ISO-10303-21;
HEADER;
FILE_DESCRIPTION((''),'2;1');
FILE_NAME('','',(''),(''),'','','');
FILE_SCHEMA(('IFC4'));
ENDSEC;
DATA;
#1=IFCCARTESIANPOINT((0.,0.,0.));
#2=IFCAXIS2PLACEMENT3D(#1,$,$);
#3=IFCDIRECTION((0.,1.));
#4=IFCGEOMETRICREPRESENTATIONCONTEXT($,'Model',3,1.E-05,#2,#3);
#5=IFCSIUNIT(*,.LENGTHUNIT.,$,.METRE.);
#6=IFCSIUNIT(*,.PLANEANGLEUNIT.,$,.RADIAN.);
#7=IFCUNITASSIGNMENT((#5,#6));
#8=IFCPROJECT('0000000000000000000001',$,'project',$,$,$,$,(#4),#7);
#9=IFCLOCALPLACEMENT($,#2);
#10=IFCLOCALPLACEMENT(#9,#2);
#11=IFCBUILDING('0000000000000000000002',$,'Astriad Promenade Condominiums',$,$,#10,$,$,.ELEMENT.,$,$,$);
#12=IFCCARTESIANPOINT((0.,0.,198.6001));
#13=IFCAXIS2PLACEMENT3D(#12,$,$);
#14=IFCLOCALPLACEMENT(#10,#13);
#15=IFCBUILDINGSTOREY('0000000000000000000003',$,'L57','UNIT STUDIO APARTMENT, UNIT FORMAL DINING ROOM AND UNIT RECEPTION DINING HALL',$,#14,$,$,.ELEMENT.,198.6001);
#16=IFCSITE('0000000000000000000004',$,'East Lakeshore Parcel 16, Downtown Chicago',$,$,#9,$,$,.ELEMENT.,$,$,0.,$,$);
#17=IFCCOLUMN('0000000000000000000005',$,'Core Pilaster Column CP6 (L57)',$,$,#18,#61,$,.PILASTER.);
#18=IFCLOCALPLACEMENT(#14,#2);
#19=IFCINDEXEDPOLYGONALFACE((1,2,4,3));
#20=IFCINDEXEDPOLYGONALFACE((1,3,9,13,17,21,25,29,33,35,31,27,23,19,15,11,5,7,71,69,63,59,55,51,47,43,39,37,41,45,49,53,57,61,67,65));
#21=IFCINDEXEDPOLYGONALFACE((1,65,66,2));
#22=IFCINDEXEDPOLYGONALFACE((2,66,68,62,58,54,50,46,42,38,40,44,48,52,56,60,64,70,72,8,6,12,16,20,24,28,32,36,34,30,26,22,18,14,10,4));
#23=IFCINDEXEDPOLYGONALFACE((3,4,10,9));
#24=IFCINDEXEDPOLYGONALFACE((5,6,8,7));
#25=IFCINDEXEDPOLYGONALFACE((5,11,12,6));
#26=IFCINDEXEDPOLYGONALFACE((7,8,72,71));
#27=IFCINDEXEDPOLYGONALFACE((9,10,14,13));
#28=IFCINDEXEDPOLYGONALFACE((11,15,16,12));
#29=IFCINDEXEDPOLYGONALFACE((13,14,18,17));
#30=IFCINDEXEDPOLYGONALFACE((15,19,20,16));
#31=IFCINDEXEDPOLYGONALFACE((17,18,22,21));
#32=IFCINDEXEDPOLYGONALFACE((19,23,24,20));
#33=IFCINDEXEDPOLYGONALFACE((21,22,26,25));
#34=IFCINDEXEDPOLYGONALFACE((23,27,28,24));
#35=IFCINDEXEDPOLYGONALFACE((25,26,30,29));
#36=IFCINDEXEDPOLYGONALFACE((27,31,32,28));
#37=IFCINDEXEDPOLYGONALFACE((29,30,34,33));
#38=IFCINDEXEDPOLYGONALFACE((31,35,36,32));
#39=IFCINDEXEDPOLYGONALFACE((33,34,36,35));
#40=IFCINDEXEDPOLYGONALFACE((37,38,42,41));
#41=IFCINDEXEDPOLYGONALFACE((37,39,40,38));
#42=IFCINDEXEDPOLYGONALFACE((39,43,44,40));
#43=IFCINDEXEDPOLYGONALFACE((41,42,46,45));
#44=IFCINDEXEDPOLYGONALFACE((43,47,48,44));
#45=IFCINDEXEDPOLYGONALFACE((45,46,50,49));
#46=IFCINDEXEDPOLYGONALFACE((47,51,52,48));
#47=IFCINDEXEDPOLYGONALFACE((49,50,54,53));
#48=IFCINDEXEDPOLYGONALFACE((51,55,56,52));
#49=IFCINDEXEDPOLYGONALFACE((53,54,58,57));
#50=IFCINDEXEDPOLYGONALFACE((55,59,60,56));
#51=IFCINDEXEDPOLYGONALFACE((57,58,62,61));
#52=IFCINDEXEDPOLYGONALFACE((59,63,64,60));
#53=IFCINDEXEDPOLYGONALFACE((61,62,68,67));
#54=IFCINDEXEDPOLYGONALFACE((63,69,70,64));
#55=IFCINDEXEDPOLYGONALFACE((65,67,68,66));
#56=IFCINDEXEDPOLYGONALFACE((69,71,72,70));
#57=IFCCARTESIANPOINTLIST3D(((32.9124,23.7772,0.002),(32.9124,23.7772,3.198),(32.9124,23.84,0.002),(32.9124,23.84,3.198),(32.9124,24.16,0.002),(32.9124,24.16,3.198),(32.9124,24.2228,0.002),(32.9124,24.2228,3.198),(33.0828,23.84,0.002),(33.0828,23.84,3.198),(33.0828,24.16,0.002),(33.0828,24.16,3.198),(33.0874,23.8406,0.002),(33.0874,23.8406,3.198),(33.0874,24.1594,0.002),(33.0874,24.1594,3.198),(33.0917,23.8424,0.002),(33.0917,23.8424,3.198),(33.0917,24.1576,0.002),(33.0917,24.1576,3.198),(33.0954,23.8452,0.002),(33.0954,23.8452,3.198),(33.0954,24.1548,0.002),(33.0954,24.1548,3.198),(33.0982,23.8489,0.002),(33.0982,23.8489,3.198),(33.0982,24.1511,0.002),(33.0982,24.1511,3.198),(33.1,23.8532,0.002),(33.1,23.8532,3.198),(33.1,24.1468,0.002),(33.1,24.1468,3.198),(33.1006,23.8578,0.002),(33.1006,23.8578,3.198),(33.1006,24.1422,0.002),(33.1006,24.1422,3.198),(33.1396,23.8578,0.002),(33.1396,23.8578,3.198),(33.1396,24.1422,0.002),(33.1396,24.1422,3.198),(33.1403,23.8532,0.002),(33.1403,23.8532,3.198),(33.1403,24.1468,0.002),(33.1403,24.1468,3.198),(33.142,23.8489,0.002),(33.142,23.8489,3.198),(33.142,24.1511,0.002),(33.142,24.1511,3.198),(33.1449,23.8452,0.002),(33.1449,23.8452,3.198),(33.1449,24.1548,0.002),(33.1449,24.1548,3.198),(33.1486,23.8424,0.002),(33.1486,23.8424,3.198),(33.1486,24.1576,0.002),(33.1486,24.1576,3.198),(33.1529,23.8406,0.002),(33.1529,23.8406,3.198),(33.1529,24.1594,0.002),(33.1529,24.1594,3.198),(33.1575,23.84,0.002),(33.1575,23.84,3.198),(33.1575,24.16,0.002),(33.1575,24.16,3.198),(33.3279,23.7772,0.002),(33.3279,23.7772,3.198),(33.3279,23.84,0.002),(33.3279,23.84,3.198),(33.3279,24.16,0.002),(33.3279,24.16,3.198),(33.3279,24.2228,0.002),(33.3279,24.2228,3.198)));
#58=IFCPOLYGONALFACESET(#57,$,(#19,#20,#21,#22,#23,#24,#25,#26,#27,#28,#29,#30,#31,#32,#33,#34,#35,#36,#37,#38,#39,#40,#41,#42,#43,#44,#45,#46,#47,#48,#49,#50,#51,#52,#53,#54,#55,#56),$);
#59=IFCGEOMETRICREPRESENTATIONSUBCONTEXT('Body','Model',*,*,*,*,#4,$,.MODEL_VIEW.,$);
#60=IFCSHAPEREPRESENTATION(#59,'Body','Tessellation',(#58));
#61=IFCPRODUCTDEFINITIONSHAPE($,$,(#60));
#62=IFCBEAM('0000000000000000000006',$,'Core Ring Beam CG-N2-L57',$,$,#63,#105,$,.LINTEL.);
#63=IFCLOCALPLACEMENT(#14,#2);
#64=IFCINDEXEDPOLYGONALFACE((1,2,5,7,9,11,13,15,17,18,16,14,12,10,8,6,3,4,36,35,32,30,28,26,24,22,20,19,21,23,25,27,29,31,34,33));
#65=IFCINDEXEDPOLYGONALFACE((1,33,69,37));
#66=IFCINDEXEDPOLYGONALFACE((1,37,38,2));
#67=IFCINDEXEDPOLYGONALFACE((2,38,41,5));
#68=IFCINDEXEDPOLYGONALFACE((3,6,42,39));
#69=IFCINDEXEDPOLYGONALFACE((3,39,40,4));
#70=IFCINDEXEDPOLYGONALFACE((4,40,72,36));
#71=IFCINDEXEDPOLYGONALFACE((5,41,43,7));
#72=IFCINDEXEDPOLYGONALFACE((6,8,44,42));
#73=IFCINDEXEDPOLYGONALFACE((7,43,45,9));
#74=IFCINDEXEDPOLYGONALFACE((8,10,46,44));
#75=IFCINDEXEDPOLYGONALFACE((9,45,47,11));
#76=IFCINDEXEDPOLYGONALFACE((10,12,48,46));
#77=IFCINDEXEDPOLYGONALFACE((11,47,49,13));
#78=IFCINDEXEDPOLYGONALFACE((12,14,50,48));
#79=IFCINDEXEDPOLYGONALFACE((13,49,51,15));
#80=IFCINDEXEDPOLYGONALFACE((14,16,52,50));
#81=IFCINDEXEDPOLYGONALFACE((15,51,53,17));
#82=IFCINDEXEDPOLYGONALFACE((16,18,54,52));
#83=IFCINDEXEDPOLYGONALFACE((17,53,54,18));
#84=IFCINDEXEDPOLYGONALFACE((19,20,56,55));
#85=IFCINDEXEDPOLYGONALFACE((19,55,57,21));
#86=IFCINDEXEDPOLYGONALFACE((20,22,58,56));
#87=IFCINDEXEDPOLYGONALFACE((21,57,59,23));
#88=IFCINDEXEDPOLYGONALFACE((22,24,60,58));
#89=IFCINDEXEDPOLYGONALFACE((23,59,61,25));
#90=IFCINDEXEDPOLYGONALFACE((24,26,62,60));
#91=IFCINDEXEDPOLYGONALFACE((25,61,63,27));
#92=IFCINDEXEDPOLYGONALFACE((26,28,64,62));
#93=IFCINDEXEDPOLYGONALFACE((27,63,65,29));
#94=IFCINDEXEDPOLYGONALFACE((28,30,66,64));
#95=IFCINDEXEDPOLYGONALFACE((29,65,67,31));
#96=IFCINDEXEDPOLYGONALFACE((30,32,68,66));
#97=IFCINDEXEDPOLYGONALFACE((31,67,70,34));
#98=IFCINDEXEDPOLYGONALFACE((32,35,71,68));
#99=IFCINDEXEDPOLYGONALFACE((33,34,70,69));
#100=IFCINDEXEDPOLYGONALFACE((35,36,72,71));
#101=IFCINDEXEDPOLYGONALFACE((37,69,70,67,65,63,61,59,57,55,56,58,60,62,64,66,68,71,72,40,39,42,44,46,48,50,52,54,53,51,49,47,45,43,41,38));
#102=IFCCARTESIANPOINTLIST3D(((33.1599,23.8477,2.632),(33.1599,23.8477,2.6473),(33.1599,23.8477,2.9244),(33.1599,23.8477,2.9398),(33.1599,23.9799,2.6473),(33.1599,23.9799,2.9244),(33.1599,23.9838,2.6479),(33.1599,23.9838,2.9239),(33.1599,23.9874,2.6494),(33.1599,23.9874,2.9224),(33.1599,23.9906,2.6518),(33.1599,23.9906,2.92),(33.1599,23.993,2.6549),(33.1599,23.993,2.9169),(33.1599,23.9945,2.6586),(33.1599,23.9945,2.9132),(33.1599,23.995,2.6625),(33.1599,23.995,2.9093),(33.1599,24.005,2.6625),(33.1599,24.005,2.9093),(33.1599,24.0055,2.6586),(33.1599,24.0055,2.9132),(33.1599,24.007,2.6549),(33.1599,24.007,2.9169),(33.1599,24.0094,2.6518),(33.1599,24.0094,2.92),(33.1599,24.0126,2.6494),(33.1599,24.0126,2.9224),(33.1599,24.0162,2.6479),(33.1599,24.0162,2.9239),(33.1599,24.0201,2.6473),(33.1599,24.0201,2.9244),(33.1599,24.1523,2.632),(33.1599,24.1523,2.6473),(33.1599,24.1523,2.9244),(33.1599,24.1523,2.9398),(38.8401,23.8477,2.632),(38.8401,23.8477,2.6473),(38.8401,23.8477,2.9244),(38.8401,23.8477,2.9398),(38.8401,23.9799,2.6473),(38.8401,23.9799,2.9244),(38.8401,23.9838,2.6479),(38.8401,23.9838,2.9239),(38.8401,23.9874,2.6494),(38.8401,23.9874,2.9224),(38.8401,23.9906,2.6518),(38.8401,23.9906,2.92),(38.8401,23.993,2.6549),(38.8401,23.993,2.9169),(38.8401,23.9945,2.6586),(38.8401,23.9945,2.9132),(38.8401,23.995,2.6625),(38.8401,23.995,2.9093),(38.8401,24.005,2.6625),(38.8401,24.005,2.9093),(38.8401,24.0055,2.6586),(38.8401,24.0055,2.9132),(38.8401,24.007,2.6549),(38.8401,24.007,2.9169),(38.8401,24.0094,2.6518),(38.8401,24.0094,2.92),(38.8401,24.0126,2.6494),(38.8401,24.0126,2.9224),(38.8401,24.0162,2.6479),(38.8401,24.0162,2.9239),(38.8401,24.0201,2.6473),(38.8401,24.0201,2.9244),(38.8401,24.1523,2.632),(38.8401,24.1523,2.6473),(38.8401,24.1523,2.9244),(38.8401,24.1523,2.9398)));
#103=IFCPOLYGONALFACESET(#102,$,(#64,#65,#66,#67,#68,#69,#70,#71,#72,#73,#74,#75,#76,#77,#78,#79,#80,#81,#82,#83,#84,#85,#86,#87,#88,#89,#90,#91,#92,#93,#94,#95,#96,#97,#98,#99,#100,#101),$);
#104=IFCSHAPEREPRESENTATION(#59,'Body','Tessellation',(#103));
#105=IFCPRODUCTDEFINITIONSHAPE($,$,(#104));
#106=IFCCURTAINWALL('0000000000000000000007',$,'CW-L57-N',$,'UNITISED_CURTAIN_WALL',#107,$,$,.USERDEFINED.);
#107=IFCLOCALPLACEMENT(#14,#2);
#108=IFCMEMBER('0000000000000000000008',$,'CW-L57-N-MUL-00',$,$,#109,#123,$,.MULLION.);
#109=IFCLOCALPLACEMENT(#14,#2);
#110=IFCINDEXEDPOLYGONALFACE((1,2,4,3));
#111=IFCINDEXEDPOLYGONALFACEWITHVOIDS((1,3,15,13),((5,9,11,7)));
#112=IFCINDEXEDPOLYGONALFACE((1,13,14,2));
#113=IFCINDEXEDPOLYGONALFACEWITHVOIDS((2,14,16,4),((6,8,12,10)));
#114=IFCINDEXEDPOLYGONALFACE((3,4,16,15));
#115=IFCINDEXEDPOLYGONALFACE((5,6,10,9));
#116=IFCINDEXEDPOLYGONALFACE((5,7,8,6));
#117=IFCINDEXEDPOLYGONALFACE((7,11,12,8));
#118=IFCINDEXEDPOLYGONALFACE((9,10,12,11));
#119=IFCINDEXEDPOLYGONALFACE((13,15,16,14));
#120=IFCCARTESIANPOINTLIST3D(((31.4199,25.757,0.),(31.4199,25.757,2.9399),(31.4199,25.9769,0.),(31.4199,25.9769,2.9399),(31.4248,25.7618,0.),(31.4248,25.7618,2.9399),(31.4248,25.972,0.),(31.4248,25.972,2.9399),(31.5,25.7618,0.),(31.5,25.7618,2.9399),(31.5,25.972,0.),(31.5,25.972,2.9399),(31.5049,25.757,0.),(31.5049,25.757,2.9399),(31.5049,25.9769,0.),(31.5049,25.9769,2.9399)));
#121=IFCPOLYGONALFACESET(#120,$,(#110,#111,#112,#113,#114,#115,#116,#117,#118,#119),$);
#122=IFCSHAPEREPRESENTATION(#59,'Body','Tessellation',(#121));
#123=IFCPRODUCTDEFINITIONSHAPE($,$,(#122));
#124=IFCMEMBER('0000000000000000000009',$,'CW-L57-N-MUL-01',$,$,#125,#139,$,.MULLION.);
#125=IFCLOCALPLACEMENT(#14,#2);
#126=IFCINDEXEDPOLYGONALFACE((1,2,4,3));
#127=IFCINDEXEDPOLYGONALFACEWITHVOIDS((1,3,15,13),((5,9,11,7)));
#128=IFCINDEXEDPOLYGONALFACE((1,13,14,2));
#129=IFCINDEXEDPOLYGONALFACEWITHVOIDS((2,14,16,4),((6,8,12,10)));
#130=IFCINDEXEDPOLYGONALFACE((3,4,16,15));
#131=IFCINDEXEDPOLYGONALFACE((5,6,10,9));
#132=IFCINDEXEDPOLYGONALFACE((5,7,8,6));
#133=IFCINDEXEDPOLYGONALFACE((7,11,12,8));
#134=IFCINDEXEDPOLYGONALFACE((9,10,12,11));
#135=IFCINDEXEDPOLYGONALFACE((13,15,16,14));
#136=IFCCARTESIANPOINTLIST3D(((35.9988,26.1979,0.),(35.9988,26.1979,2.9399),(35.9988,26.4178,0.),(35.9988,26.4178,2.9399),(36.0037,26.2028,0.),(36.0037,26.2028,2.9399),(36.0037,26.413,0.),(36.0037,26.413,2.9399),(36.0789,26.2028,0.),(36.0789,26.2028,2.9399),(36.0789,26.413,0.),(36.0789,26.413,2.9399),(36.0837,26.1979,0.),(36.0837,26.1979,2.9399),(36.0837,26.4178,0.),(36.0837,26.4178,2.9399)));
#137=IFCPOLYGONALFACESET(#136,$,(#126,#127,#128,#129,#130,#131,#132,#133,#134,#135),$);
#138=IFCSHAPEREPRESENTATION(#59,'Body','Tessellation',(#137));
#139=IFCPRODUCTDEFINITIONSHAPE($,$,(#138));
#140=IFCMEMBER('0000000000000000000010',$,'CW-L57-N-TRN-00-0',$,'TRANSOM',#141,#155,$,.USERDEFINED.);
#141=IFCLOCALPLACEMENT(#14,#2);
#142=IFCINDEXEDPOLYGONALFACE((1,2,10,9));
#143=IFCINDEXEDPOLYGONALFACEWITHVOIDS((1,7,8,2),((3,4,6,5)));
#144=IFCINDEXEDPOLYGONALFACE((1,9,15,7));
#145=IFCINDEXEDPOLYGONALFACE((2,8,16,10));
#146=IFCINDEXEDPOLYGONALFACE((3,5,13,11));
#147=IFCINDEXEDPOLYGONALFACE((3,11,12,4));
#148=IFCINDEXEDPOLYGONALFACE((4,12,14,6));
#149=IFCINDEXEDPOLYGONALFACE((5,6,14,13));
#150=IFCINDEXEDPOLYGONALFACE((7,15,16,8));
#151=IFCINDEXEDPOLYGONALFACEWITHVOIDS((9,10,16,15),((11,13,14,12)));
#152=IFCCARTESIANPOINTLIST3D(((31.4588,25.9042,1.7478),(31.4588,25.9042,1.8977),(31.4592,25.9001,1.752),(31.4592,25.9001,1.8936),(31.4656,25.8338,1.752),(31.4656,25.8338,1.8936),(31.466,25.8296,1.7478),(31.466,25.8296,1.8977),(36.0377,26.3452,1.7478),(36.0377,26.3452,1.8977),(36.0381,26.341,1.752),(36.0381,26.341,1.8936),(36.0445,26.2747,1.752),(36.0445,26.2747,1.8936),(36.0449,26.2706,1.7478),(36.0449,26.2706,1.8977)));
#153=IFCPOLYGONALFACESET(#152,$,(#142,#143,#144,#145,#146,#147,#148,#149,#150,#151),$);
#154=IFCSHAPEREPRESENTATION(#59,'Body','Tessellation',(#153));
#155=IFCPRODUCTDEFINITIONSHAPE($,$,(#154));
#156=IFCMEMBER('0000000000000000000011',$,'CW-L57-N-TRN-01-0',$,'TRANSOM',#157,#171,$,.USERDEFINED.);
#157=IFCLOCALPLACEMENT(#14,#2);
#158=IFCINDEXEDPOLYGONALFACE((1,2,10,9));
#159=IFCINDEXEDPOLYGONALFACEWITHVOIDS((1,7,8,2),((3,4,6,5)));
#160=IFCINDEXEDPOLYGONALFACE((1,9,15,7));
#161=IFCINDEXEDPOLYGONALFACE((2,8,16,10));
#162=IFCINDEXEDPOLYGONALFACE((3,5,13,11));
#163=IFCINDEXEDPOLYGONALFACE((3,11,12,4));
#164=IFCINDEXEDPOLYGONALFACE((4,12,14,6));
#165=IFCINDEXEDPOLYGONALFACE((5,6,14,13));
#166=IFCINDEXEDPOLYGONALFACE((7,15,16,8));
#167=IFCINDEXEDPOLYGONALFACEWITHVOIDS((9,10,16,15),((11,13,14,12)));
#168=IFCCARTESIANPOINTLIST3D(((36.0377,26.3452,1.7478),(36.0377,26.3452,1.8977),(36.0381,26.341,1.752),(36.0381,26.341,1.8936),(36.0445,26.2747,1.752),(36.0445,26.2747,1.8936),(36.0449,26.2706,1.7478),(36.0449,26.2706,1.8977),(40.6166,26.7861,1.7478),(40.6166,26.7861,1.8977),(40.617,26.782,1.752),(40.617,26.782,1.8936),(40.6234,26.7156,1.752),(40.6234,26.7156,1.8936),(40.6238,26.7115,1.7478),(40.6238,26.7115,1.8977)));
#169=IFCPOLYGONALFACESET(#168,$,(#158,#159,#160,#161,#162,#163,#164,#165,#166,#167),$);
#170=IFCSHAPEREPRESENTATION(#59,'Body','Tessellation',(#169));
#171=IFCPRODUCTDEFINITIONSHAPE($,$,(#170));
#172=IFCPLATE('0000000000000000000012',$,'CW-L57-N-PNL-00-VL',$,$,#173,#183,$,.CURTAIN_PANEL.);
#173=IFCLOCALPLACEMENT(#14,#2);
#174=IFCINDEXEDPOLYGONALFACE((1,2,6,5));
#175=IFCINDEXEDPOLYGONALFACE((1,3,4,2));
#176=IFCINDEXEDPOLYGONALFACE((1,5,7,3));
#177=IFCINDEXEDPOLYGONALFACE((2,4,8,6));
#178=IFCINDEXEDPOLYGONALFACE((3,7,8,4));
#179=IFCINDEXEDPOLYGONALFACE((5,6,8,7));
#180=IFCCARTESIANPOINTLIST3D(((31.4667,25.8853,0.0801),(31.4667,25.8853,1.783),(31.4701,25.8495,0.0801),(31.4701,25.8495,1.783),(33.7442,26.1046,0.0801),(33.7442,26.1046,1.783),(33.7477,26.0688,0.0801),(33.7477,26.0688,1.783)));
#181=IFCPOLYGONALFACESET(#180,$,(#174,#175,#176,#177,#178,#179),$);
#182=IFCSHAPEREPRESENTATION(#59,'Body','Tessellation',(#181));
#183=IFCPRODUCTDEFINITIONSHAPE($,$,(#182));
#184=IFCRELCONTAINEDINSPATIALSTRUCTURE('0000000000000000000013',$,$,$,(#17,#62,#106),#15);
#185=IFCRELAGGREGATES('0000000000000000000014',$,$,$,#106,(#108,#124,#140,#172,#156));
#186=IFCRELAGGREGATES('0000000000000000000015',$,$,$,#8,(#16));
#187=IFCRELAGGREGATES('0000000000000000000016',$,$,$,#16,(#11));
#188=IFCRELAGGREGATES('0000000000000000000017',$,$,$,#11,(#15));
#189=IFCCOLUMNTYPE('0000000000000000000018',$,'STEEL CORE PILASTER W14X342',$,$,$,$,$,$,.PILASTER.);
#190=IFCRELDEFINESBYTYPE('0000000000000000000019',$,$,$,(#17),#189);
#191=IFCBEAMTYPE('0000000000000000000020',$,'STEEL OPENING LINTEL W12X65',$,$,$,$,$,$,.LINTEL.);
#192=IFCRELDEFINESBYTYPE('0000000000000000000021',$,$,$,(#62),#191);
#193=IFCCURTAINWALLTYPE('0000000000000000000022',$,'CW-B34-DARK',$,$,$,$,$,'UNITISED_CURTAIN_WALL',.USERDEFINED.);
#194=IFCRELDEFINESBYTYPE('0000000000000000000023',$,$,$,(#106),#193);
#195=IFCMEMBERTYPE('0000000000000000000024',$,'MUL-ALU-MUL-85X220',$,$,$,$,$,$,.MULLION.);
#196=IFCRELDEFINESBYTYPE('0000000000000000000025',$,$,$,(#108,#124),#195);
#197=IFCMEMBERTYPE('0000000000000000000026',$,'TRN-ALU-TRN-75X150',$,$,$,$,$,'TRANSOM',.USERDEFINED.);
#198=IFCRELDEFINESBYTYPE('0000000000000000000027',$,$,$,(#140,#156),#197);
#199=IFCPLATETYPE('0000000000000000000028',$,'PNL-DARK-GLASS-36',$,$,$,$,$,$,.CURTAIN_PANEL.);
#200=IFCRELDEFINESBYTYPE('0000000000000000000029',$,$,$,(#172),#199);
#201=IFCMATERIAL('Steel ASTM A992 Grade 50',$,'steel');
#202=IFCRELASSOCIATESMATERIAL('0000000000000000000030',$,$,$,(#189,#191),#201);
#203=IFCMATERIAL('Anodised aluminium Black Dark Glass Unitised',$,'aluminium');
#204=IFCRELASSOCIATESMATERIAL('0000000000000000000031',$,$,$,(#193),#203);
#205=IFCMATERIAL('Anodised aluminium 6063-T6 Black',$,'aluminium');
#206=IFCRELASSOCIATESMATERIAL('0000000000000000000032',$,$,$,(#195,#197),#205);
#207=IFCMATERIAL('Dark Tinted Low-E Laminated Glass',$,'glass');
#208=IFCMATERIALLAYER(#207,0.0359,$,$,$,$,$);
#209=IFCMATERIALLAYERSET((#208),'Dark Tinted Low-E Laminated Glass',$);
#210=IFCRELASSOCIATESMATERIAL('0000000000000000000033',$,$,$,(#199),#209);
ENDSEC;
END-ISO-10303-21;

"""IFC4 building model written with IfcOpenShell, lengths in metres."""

from ifc_helpers import new_model, si_unit, direction, frame, origin, origin_2d, place, context, subcontext, project, spatial, rectangle, hollow_rectangle, i_section, extrude, source, transform, mapped, material, layer, layer_set, material_profile, profile_set, type_object, type_shapes, element, aggregate, save


model = new_model("IFC4")

# Units and contexts
model_context = context("Model", 3, precision=1e-05, world=origin(), true_north=direction((0.0, 1.0)))
body_context = subcontext(model_context, "Body", "Model", "MODEL_VIEW")
ifc_project = project(units=[si_unit("LENGTHUNIT", "METRE"), si_unit("PLANEANGLEUNIT", "RADIAN")], contexts=[model_context])

# Site, building, storey
site_placement = place(None, origin())
site = spatial("IfcSite", under=ifc_project, at=site_placement, Name="East Lakeshore Parcel 16, Downtown Chicago", CompositionType="ELEMENT", RefElevation=0.0)
building_placement = place(site_placement, origin())
building = spatial("IfcBuilding", under=site, at=building_placement, Name="Astriad Promenade Condominiums", CompositionType="ELEMENT")
storey_placement = place(building_placement, frame((0.0, 0.0, 198.6001)))
storey = spatial("IfcBuildingStorey", under=building, at=storey_placement, Name="L57", Description="UNIT STUDIO APARTMENT, UNIT FORMAL DINING ROOM AND UNIT RECEPTION DINING HALL", CompositionType="ELEMENT", Elevation=198.6001)

# Column
ifc_material_1 = material(Name="Steel ASTM A992 Grade 50", Category="steel")
ifc_material_profile_1 = material_profile(ifc_material_1, i_section(OverallWidth=0.4155, OverallDepth=0.4456, WebThickness=0.0391, FlangeThickness=0.0627, FilletRadius=0.0178, at=origin_2d()), Name="W14X342")
ifc_profile_set_1 = profile_set([ifc_material_profile_1], Name="Steel ASTM A992 Grade 50")
column_type = type_object("IfcColumnType", Name="STEEL CORE PILASTER W14X342", PredefinedType="PILASTER", material=ifc_profile_set_1)
shared_shape_1 = source(origin(), body_context, "Body", "SweptSolid", [
    extrude(i_section(OverallWidth=0.4155, OverallDepth=0.4456, WebThickness=0.0391, FlangeThickness=0.0627, FilletRadius=0.0178, at=origin_2d()), origin(), (0.0, 0.0, 1.0), 3.196),
])
type_shapes(column_type, [shared_shape_1])
column_placement = place(storey_placement, frame((33.1201, 24.0, 0.002), z_axis=(0.0, 0.0, 1.0), x_axis=(1.0, 0.0, 0.0)))
element("IfcColumn", 1, at=column_placement, inside=storey, type_object=column_type, Name="Core Pilaster Column CP6 (L57)", PredefinedType="PILASTER", context=body_context, shape_type="MappedRepresentation", body=[
    mapped(shared_shape_1, transform((0.0, 0.0, 0.0), scale=1.0)),
])

# Beam
ifc_material_profile_2 = material_profile(ifc_material_1, i_section(OverallWidth=0.3047, OverallDepth=0.3079, WebThickness=0.01, FlangeThickness=0.0154, FilletRadius=0.0151, at=origin_2d()), Name="W12X65")
ifc_profile_set_2 = profile_set([ifc_material_profile_2], Name="Steel ASTM A992 Grade 50")
beam_type = type_object("IfcBeamType", Name="STEEL OPENING LINTEL W12X65", PredefinedType="LINTEL", material=ifc_profile_set_2)
shared_shape_2 = source(origin(), body_context, "Body", "SweptSolid", [
    extrude(i_section(OverallWidth=0.3047, OverallDepth=0.3079, WebThickness=0.01, FlangeThickness=0.0154, FilletRadius=0.0151, at=origin_2d()), origin(), (0.0, 0.0, 1.0), 5.6802),
])
type_shapes(beam_type, [shared_shape_2])
beam_placement = place(storey_placement, frame((33.1599, 24.0, 2.7859), z_axis=(1.0, 0.0, 0.0), x_axis=(0.0, 1.0, 0.0)))
element("IfcBeam", 2, at=beam_placement, inside=storey, type_object=beam_type, Name="Core Ring Beam CG-N2-L57", PredefinedType="LINTEL", context=body_context, shape_type="MappedRepresentation", body=[
    mapped(shared_shape_2, transform((0.0, 0.0, 0.0), scale=1.0)),
])

# Curtain wall, members, plate
ifc_material_2 = material(Name="Anodised aluminium Black Dark Glass Unitised", Category="aluminium")
curtain_wall_type = type_object("IfcCurtainWallType", Name="CW-B34-DARK", ElementType="UNITISED_CURTAIN_WALL", PredefinedType="USERDEFINED", material=ifc_material_2)
curtain_wall_placement = place(storey_placement, origin())
curtain_wall = element("IfcCurtainWall", 3, at=curtain_wall_placement, inside=storey, type_object=curtain_wall_type, Name="CW-L57-N", ObjectType="UNITISED_CURTAIN_WALL", PredefinedType="USERDEFINED")
ifc_material_3 = material(Name="Anodised aluminium 6063-T6 Black", Category="aluminium")
ifc_material_profile_3 = material_profile(ifc_material_3, hollow_rectangle(XDim=0.085, YDim=0.22, WallThickness=0.0049, at=origin_2d()), Name="ALU-MUL-85X220")
ifc_profile_set_3 = profile_set([ifc_material_profile_3], Name="Anodised aluminium 6063-T6 Black")
member_type_1 = type_object("IfcMemberType", Name="MUL-ALU-MUL-85X220", PredefinedType="MULLION", material=ifc_profile_set_3)
shared_shape_3 = source(origin(), body_context, "Body", "SweptSolid", [
    extrude(hollow_rectangle(XDim=0.085, YDim=0.22, WallThickness=0.0049, at=origin_2d()), origin(), (0.0, 0.0, 1.0), 2.9399),
])
type_shapes(member_type_1, [shared_shape_3])
member_1_placement = place(storey_placement, frame((31.4624, 25.8669, 0.0), z_axis=(0.0, 0.0, 1.0), x_axis=(1.0, 0.0, 0.0)))
member_1 = element("IfcMember", 4, at=member_1_placement, type_object=member_type_1, Name="CW-L57-N-MUL-00", PredefinedType="MULLION", context=body_context, shape_type="MappedRepresentation", body=[
    mapped(shared_shape_3, transform((0.0, 0.0, 0.0), scale=1.0)),
])
member_2_placement = place(storey_placement, frame((36.0413, 26.3079, 0.0), z_axis=(0.0, 0.0, 1.0), x_axis=(1.0, 0.0, 0.0)))
member_2 = element("IfcMember", 5, at=member_2_placement, type_object=member_type_1, Name="CW-L57-N-MUL-01", PredefinedType="MULLION", context=body_context, shape_type="MappedRepresentation", body=[
    mapped(shared_shape_3, transform((0.0, 0.0, 0.0), scale=1.0)),
])
ifc_material_profile_4 = material_profile(ifc_material_3, hollow_rectangle(XDim=0.075, YDim=0.1499, WallThickness=0.0042, at=origin_2d()), Name="ALU-TRN-75X150")
ifc_profile_set_4 = profile_set([ifc_material_profile_4], Name="Anodised aluminium 6063-T6 Black")
member_type_2 = type_object("IfcMemberType", Name="TRN-ALU-TRN-75X150", ElementType="TRANSOM", PredefinedType="USERDEFINED", material=ifc_profile_set_4)
shared_shape_4 = source(origin(), body_context, "Body", "SweptSolid", [
    extrude(hollow_rectangle(XDim=0.075, YDim=0.1499, WallThickness=0.0042, at=origin_2d()), origin(), (0.0, 0.0, 1.0), 4.6001),
])
type_shapes(member_type_2, [shared_shape_4])
member_3_placement = place(storey_placement, frame((31.4624, 25.8669, 1.8228), z_axis=(0.995396, 0.095851, 0.0), x_axis=(-0.095851, 0.995396, 0.0)))
member_3 = element("IfcMember", 6, at=member_3_placement, type_object=member_type_2, Name="CW-L57-N-TRN-00-0", ObjectType="TRANSOM", PredefinedType="USERDEFINED", context=body_context, shape_type="MappedRepresentation", body=[
    mapped(shared_shape_4, transform((0.0, 0.0, 0.0), scale=1.0)),
])
member_4_placement = place(storey_placement, frame((36.0413, 26.3079, 1.8228), z_axis=(0.995396, 0.095851, 0.0), x_axis=(-0.095851, 0.995396, 0.0)))
member_4 = element("IfcMember", 7, at=member_4_placement, type_object=member_type_2, Name="CW-L57-N-TRN-01-0", ObjectType="TRANSOM", PredefinedType="USERDEFINED", context=body_context, shape_type="MappedRepresentation", body=[
    mapped(shared_shape_4, transform((0.0, 0.0, 0.0), scale=1.0)),
])
ifc_material_4 = material(Name="Dark Tinted Low-E Laminated Glass", Category="glass")
ifc_layer_1 = layer(ifc_material_4, 0.0359)
ifc_layer_set_1 = layer_set([ifc_layer_1], Name="Dark Tinted Low-E Laminated Glass")
plate_type = type_object("IfcPlateType", Name="PNL-DARK-GLASS-36", PredefinedType="CURTAIN_PANEL", material=ifc_layer_set_1)
shared_shape_5 = source(origin(), body_context, "Body", "SweptSolid", [
    extrude(rectangle(XDim=2.2881, YDim=0.0359, at=origin_2d()), origin(), (0.0, 0.0, 1.0), 1.7029),
])
plate_1_placement = place(storey_placement, frame((32.6072, 25.9771, 0.0801), z_axis=(0.0, 0.0, 1.0), x_axis=(0.995396, 0.095846, 0.0)))
plate_1 = element("IfcPlate", 8, at=plate_1_placement, type_object=plate_type, Name="CW-L57-N-PNL-00-VL", PredefinedType="CURTAIN_PANEL", context=body_context, shape_type="MappedRepresentation", body=[
    mapped(shared_shape_5, transform((0.0, 0.0, 0.0), scale=1.0)),
])
aggregate(curtain_wall, [member_1, member_2, member_3, plate_1, member_4])

save(model, "model.ifc")
